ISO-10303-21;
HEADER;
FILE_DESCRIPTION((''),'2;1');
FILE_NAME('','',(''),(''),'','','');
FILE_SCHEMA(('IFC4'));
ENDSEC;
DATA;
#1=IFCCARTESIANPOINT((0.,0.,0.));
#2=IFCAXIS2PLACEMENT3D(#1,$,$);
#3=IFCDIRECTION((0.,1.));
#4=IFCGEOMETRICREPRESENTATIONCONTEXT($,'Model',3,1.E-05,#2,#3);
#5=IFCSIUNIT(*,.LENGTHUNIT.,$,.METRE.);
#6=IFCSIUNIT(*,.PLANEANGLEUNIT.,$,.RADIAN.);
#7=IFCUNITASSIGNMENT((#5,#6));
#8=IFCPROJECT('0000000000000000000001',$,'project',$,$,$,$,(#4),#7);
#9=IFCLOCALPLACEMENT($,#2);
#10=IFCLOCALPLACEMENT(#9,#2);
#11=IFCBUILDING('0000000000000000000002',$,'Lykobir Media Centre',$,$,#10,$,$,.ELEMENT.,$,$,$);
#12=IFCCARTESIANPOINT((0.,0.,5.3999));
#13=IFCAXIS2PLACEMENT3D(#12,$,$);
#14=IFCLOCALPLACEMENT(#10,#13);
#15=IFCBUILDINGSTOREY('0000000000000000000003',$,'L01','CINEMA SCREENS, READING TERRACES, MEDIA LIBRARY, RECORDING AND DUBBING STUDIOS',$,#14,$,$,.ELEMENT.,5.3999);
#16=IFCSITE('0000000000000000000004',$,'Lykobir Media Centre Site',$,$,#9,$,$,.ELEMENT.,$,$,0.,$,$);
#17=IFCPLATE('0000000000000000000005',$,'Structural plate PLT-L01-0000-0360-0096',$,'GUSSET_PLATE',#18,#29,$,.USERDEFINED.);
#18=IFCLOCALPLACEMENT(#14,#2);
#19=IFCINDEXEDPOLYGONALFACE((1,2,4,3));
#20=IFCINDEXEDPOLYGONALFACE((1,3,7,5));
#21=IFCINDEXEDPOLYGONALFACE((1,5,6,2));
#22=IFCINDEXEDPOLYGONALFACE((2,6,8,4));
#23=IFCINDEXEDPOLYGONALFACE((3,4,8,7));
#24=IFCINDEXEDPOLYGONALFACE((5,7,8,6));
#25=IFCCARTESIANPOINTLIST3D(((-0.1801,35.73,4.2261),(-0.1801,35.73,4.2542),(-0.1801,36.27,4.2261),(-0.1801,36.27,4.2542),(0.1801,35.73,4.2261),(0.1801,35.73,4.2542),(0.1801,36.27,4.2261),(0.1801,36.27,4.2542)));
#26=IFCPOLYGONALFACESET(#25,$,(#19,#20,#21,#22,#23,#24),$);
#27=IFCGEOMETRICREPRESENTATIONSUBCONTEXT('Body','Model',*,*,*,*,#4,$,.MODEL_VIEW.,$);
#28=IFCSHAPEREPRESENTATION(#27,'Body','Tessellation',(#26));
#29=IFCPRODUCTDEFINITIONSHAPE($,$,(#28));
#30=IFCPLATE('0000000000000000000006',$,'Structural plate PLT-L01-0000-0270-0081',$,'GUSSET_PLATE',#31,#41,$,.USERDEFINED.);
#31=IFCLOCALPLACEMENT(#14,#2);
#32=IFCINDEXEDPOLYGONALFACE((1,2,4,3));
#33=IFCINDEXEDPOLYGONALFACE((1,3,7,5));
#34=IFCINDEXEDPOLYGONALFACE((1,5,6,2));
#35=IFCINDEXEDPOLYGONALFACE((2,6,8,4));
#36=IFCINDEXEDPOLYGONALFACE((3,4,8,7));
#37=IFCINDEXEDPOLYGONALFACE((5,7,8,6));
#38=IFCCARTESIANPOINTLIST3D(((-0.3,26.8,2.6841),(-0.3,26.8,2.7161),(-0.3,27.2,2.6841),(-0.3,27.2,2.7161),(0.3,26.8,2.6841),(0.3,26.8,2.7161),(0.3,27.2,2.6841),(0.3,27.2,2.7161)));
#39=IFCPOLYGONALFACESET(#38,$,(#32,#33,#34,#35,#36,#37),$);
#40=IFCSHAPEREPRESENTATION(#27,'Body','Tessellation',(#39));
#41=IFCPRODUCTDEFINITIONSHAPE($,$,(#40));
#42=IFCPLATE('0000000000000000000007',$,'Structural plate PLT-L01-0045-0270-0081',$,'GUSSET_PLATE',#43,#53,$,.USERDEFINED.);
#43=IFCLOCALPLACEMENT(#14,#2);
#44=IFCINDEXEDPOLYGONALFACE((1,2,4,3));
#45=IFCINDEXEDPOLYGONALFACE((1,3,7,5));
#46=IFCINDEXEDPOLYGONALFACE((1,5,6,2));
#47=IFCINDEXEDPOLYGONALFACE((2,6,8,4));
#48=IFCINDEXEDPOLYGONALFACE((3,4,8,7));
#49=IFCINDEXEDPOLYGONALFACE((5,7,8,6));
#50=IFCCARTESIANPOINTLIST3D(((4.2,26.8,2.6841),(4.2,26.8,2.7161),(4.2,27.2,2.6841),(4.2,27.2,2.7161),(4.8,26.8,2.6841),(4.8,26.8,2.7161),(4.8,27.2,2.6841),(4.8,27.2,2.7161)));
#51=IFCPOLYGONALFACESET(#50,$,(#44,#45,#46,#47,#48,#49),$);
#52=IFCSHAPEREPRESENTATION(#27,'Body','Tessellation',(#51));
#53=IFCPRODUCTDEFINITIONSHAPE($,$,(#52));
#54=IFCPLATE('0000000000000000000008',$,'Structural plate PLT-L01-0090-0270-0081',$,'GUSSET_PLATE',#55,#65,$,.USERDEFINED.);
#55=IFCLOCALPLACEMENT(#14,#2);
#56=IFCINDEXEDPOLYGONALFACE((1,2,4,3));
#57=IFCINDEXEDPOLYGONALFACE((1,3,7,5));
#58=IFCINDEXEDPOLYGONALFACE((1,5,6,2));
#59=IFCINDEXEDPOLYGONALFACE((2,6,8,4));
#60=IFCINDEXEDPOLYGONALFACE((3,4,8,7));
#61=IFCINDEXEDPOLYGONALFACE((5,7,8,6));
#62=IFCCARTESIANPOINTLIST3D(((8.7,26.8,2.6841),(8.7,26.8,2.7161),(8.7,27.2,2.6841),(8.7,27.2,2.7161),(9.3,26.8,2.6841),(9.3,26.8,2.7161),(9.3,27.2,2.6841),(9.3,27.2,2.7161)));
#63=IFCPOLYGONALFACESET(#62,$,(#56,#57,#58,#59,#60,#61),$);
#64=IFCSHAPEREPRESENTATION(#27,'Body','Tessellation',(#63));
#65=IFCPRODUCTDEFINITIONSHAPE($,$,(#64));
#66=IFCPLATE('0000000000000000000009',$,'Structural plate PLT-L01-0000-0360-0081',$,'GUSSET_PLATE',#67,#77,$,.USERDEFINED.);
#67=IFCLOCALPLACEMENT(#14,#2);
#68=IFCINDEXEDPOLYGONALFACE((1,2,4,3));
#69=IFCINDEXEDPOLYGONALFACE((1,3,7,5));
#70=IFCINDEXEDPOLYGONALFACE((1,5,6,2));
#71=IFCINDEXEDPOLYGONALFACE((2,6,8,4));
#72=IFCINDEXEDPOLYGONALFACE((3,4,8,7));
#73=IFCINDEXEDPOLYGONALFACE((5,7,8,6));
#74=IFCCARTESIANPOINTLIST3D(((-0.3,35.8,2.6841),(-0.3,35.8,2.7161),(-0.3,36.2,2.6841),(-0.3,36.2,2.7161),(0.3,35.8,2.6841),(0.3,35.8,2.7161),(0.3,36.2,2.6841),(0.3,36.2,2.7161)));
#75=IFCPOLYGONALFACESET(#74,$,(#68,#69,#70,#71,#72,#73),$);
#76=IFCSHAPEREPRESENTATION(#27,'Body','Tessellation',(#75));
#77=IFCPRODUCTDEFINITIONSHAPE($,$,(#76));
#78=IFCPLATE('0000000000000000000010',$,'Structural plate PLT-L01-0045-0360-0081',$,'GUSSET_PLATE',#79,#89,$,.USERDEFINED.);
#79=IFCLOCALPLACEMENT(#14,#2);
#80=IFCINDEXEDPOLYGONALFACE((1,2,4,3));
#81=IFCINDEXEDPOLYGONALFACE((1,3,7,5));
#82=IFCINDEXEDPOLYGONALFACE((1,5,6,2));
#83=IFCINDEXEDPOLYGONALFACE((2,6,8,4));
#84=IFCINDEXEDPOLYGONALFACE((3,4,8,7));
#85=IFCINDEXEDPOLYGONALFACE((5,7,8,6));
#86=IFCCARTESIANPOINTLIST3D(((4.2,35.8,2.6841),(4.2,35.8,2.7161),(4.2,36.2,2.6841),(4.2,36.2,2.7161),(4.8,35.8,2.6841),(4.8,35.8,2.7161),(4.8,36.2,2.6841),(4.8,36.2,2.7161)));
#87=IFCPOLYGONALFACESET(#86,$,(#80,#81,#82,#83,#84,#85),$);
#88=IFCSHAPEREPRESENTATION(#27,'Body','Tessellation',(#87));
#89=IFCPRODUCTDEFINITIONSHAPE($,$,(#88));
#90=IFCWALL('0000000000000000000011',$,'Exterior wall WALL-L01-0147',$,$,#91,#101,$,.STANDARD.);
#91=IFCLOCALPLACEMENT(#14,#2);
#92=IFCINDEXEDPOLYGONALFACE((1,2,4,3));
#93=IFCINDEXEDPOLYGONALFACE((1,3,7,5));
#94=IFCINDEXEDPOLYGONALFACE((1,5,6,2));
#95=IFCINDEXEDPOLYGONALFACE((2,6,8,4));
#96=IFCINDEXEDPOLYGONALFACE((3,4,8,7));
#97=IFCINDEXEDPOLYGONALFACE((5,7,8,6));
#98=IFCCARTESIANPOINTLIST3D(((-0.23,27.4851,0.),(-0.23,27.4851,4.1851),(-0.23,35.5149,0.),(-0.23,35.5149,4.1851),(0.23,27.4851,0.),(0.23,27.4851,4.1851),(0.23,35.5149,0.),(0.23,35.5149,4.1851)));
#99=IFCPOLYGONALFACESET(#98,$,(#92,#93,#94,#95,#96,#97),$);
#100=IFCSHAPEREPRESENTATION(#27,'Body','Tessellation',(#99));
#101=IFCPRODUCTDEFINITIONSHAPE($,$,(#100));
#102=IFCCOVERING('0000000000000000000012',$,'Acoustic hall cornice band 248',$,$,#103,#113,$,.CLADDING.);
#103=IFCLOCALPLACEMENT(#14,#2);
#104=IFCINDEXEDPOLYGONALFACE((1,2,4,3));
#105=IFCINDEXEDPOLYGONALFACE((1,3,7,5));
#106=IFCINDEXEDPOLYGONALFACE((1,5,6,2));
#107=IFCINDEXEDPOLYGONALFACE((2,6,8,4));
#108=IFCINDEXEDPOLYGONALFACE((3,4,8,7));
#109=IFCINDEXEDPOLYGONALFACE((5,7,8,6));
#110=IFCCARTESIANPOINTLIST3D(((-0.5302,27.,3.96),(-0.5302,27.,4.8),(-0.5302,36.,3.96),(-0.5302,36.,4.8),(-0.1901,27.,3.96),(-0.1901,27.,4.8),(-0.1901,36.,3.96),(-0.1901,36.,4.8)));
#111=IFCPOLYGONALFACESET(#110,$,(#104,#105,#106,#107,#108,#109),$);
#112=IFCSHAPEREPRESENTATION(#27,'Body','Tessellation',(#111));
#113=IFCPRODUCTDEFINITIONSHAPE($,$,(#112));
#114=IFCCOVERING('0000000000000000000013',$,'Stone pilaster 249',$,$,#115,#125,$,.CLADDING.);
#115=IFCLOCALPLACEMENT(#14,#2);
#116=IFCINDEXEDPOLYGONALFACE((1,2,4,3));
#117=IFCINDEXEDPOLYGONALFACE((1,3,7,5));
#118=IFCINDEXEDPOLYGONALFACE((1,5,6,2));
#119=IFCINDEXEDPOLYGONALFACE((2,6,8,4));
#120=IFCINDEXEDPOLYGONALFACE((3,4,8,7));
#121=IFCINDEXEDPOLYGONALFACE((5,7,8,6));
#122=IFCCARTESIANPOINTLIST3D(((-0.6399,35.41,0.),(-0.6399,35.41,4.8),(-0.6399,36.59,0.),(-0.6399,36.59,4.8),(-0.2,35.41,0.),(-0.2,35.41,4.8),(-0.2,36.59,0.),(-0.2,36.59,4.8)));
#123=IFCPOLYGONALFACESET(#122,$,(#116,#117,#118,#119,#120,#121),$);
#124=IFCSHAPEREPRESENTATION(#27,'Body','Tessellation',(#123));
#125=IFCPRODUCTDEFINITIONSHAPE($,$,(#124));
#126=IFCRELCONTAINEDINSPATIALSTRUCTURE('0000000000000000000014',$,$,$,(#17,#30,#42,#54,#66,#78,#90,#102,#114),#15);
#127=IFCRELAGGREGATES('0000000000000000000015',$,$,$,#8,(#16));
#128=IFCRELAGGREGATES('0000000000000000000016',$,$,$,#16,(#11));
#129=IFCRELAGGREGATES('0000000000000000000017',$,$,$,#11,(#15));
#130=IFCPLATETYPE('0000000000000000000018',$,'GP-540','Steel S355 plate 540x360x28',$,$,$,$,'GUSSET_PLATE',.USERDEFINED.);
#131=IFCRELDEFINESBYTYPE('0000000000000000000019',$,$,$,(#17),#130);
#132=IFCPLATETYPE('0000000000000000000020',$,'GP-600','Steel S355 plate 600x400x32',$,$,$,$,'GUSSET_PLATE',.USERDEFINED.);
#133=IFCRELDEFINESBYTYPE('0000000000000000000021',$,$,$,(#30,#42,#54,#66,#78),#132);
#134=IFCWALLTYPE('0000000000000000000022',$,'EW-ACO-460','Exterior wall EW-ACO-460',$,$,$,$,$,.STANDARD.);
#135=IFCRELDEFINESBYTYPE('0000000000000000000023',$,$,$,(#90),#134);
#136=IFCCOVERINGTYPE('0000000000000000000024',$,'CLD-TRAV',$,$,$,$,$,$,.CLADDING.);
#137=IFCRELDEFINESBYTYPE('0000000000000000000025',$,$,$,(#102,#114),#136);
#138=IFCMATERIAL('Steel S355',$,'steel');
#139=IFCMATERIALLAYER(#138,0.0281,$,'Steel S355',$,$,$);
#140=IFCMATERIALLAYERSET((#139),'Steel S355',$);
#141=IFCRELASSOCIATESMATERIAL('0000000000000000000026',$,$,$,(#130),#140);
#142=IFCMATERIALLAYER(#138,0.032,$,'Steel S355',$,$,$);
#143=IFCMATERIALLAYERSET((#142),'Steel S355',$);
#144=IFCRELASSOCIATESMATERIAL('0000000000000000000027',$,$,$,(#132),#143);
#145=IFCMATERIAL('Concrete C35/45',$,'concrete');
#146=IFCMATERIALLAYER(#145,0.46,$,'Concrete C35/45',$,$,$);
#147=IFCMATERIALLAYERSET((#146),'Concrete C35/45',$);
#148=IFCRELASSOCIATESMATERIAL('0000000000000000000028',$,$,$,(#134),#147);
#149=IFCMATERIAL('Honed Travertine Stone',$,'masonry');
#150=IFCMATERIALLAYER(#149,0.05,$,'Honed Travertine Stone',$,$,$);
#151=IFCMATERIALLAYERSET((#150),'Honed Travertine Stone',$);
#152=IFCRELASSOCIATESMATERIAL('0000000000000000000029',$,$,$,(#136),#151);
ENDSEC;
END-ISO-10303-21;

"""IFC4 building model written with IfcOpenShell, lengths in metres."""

from ifc_helpers import new_model, si_unit, direction, frame, frame_2d, origin, origin_2d, place, context, subcontext, project, spatial, rectangle, extrude, material, layer, layer_set, type_object, element, save


model = new_model("IFC4")

# Units and contexts
model_context = context("Model", 3, precision=1e-05, world=origin(), true_north=direction((0.0, 1.0)))
body_context = subcontext(model_context, "Body", "Model", "MODEL_VIEW")
ifc_project = project(units=[si_unit("LENGTHUNIT", "METRE"), si_unit("PLANEANGLEUNIT", "RADIAN")], contexts=[model_context])

# Site, building, storey
site_placement = place(None, origin())
site = spatial("IfcSite", under=ifc_project, at=site_placement, Name="Lykobir Media Centre Site", CompositionType="ELEMENT", RefElevation=0.0)
building_placement = place(site_placement, origin())
building = spatial("IfcBuilding", under=site, at=building_placement, Name="Lykobir Media Centre", CompositionType="ELEMENT")
storey_placement = place(building_placement, frame((0.0, 0.0, 5.3999)))
storey = spatial("IfcBuildingStorey", under=building, at=storey_placement, Name="L01", Description="CINEMA SCREENS, READING TERRACES, MEDIA LIBRARY, RECORDING AND DUBBING STUDIOS", CompositionType="ELEMENT", Elevation=5.3999)

# Shared definitions
ifc_material_1 = material(Name="Steel S355", Category="steel")

# Plates
ifc_layer_1 = layer(ifc_material_1, 0.0281, Name="Steel S355")
ifc_layer_set_1 = layer_set([ifc_layer_1], Name="Steel S355")
plate_type_1 = type_object("IfcPlateType", Name="GP-540", Description="Steel S355 plate 540x360x28", ElementType="GUSSET_PLATE", PredefinedType="USERDEFINED", material=ifc_layer_set_1)
for number, where, z_axis, x_axis, name in (
    (1, (0.0, 36.0, 4.2261), (0.0, 0.0, 1.0), (0.0, 1.0, 0.0), "Structural plate PLT-L01-0000-0360-0096"),
):
    element("IfcPlate", number, at=place(storey_placement, frame(where, z_axis=z_axis, x_axis=x_axis)), inside=storey, type_object=plate_type_1, Name=name, ObjectType="GUSSET_PLATE", PredefinedType="USERDEFINED", context=body_context, shape_type="SweptSolid", body=[
        extrude(rectangle(XDim=0.54, YDim=0.3601, at=origin_2d()), origin(), (0.0, 0.0, 1.0), 0.0281),
    ])
ifc_layer_2 = layer(ifc_material_1, 0.032, Name="Steel S355")
ifc_layer_set_2 = layer_set([ifc_layer_2], Name="Steel S355")
plate_type_2 = type_object("IfcPlateType", Name="GP-600", Description="Steel S355 plate 600x400x32", ElementType="GUSSET_PLATE", PredefinedType="USERDEFINED", material=ifc_layer_set_2)
for number, where, z_axis, x_axis, name in (
    (2, (0.0, 27.0, 2.6841), (0.0, 0.0, 1.0), (1.0, 0.0, 0.0), "Structural plate PLT-L01-0000-0270-0081"),
    (3, (4.5, 27.0, 2.6841), (0.0, 0.0, 1.0), (1.0, 0.0, 0.0), "Structural plate PLT-L01-0045-0270-0081"),
    (4, (9.0, 27.0, 2.6841), (0.0, 0.0, 1.0), (1.0, 0.0, 0.0), "Structural plate PLT-L01-0090-0270-0081"),
    (5, (0.0, 36.0, 2.6841), (0.0, 0.0, 1.0), (1.0, 0.0, 0.0), "Structural plate PLT-L01-0000-0360-0081"),
    (6, (4.5, 36.0, 2.6841), (0.0, 0.0, 1.0), (1.0, 0.0, 0.0), "Structural plate PLT-L01-0045-0360-0081"),
):
    element("IfcPlate", number, at=place(storey_placement, frame(where, z_axis=z_axis, x_axis=x_axis)), inside=storey, type_object=plate_type_2, Name=name, ObjectType="GUSSET_PLATE", PredefinedType="USERDEFINED", context=body_context, shape_type="SweptSolid", body=[
        extrude(rectangle(XDim=0.6001, YDim=0.3999, at=origin_2d()), origin(), (0.0, 0.0, 1.0), 0.032),
    ])

# Wall
ifc_material_2 = material(Name="Concrete C35/45", Category="concrete")
ifc_layer_3 = layer(ifc_material_2, 0.46, Name="Concrete C35/45")
ifc_layer_set_3 = layer_set([ifc_layer_3], Name="Concrete C35/45")
wall_type = type_object("IfcWallType", Name="EW-ACO-460", Description="Exterior wall EW-ACO-460", PredefinedType="STANDARD", material=ifc_layer_set_3)
wall_placement = place(storey_placement, frame((0.0, 35.5149, 0.0), z_axis=(0.0, 0.0, 1.0), x_axis=(0.0, -1.0, 0.0)))
element("IfcWall", 7, at=wall_placement, inside=storey, type_object=wall_type, Name="Exterior wall WALL-L01-0147", PredefinedType="STANDARD", context=body_context, shape_type="SweptSolid", body=[
    extrude(rectangle(XDim=8.0298, YDim=0.46, at=frame_2d((4.0149, 0.0))), origin(), (0.0, 0.0, 1.0), 4.1851),
])

# Coverings
ifc_material_3 = material(Name="Honed Travertine Stone", Category="masonry")
ifc_layer_4 = layer(ifc_material_3, 0.05, Name="Honed Travertine Stone")
ifc_layer_set_4 = layer_set([ifc_layer_4], Name="Honed Travertine Stone")
covering_type = type_object("IfcCoveringType", Name="CLD-TRAV", PredefinedType="CLADDING", material=ifc_layer_set_4)
covering_1_placement = place(storey_placement, frame((-0.3601, 31.5, 3.96), z_axis=(0.0, 0.0, 1.0), x_axis=(0.0, -1.0, 0.0)))
element("IfcCovering", 8, at=covering_1_placement, inside=storey, type_object=covering_type, Name="Acoustic hall cornice band 248", PredefinedType="CLADDING", context=body_context, shape_type="SweptSolid", body=[
    extrude(rectangle(XDim=9.0, YDim=0.3401, at=origin_2d()), origin(), (0.0, 0.0, 1.0), 0.8401),
])
covering_2_placement = place(storey_placement, frame((-0.4199, 36.0, 0.0), z_axis=(0.0, 0.0, 1.0), x_axis=(0.0, -1.0, 0.0)))
element("IfcCovering", 9, at=covering_2_placement, inside=storey, type_object=covering_type, Name="Stone pilaster 249", PredefinedType="CLADDING", context=body_context, shape_type="SweptSolid", body=[
    extrude(rectangle(XDim=1.1799, YDim=0.4399, at=origin_2d()), origin(), (0.0, 0.0, 1.0), 4.8),
])

save(model, "model.ifc")
